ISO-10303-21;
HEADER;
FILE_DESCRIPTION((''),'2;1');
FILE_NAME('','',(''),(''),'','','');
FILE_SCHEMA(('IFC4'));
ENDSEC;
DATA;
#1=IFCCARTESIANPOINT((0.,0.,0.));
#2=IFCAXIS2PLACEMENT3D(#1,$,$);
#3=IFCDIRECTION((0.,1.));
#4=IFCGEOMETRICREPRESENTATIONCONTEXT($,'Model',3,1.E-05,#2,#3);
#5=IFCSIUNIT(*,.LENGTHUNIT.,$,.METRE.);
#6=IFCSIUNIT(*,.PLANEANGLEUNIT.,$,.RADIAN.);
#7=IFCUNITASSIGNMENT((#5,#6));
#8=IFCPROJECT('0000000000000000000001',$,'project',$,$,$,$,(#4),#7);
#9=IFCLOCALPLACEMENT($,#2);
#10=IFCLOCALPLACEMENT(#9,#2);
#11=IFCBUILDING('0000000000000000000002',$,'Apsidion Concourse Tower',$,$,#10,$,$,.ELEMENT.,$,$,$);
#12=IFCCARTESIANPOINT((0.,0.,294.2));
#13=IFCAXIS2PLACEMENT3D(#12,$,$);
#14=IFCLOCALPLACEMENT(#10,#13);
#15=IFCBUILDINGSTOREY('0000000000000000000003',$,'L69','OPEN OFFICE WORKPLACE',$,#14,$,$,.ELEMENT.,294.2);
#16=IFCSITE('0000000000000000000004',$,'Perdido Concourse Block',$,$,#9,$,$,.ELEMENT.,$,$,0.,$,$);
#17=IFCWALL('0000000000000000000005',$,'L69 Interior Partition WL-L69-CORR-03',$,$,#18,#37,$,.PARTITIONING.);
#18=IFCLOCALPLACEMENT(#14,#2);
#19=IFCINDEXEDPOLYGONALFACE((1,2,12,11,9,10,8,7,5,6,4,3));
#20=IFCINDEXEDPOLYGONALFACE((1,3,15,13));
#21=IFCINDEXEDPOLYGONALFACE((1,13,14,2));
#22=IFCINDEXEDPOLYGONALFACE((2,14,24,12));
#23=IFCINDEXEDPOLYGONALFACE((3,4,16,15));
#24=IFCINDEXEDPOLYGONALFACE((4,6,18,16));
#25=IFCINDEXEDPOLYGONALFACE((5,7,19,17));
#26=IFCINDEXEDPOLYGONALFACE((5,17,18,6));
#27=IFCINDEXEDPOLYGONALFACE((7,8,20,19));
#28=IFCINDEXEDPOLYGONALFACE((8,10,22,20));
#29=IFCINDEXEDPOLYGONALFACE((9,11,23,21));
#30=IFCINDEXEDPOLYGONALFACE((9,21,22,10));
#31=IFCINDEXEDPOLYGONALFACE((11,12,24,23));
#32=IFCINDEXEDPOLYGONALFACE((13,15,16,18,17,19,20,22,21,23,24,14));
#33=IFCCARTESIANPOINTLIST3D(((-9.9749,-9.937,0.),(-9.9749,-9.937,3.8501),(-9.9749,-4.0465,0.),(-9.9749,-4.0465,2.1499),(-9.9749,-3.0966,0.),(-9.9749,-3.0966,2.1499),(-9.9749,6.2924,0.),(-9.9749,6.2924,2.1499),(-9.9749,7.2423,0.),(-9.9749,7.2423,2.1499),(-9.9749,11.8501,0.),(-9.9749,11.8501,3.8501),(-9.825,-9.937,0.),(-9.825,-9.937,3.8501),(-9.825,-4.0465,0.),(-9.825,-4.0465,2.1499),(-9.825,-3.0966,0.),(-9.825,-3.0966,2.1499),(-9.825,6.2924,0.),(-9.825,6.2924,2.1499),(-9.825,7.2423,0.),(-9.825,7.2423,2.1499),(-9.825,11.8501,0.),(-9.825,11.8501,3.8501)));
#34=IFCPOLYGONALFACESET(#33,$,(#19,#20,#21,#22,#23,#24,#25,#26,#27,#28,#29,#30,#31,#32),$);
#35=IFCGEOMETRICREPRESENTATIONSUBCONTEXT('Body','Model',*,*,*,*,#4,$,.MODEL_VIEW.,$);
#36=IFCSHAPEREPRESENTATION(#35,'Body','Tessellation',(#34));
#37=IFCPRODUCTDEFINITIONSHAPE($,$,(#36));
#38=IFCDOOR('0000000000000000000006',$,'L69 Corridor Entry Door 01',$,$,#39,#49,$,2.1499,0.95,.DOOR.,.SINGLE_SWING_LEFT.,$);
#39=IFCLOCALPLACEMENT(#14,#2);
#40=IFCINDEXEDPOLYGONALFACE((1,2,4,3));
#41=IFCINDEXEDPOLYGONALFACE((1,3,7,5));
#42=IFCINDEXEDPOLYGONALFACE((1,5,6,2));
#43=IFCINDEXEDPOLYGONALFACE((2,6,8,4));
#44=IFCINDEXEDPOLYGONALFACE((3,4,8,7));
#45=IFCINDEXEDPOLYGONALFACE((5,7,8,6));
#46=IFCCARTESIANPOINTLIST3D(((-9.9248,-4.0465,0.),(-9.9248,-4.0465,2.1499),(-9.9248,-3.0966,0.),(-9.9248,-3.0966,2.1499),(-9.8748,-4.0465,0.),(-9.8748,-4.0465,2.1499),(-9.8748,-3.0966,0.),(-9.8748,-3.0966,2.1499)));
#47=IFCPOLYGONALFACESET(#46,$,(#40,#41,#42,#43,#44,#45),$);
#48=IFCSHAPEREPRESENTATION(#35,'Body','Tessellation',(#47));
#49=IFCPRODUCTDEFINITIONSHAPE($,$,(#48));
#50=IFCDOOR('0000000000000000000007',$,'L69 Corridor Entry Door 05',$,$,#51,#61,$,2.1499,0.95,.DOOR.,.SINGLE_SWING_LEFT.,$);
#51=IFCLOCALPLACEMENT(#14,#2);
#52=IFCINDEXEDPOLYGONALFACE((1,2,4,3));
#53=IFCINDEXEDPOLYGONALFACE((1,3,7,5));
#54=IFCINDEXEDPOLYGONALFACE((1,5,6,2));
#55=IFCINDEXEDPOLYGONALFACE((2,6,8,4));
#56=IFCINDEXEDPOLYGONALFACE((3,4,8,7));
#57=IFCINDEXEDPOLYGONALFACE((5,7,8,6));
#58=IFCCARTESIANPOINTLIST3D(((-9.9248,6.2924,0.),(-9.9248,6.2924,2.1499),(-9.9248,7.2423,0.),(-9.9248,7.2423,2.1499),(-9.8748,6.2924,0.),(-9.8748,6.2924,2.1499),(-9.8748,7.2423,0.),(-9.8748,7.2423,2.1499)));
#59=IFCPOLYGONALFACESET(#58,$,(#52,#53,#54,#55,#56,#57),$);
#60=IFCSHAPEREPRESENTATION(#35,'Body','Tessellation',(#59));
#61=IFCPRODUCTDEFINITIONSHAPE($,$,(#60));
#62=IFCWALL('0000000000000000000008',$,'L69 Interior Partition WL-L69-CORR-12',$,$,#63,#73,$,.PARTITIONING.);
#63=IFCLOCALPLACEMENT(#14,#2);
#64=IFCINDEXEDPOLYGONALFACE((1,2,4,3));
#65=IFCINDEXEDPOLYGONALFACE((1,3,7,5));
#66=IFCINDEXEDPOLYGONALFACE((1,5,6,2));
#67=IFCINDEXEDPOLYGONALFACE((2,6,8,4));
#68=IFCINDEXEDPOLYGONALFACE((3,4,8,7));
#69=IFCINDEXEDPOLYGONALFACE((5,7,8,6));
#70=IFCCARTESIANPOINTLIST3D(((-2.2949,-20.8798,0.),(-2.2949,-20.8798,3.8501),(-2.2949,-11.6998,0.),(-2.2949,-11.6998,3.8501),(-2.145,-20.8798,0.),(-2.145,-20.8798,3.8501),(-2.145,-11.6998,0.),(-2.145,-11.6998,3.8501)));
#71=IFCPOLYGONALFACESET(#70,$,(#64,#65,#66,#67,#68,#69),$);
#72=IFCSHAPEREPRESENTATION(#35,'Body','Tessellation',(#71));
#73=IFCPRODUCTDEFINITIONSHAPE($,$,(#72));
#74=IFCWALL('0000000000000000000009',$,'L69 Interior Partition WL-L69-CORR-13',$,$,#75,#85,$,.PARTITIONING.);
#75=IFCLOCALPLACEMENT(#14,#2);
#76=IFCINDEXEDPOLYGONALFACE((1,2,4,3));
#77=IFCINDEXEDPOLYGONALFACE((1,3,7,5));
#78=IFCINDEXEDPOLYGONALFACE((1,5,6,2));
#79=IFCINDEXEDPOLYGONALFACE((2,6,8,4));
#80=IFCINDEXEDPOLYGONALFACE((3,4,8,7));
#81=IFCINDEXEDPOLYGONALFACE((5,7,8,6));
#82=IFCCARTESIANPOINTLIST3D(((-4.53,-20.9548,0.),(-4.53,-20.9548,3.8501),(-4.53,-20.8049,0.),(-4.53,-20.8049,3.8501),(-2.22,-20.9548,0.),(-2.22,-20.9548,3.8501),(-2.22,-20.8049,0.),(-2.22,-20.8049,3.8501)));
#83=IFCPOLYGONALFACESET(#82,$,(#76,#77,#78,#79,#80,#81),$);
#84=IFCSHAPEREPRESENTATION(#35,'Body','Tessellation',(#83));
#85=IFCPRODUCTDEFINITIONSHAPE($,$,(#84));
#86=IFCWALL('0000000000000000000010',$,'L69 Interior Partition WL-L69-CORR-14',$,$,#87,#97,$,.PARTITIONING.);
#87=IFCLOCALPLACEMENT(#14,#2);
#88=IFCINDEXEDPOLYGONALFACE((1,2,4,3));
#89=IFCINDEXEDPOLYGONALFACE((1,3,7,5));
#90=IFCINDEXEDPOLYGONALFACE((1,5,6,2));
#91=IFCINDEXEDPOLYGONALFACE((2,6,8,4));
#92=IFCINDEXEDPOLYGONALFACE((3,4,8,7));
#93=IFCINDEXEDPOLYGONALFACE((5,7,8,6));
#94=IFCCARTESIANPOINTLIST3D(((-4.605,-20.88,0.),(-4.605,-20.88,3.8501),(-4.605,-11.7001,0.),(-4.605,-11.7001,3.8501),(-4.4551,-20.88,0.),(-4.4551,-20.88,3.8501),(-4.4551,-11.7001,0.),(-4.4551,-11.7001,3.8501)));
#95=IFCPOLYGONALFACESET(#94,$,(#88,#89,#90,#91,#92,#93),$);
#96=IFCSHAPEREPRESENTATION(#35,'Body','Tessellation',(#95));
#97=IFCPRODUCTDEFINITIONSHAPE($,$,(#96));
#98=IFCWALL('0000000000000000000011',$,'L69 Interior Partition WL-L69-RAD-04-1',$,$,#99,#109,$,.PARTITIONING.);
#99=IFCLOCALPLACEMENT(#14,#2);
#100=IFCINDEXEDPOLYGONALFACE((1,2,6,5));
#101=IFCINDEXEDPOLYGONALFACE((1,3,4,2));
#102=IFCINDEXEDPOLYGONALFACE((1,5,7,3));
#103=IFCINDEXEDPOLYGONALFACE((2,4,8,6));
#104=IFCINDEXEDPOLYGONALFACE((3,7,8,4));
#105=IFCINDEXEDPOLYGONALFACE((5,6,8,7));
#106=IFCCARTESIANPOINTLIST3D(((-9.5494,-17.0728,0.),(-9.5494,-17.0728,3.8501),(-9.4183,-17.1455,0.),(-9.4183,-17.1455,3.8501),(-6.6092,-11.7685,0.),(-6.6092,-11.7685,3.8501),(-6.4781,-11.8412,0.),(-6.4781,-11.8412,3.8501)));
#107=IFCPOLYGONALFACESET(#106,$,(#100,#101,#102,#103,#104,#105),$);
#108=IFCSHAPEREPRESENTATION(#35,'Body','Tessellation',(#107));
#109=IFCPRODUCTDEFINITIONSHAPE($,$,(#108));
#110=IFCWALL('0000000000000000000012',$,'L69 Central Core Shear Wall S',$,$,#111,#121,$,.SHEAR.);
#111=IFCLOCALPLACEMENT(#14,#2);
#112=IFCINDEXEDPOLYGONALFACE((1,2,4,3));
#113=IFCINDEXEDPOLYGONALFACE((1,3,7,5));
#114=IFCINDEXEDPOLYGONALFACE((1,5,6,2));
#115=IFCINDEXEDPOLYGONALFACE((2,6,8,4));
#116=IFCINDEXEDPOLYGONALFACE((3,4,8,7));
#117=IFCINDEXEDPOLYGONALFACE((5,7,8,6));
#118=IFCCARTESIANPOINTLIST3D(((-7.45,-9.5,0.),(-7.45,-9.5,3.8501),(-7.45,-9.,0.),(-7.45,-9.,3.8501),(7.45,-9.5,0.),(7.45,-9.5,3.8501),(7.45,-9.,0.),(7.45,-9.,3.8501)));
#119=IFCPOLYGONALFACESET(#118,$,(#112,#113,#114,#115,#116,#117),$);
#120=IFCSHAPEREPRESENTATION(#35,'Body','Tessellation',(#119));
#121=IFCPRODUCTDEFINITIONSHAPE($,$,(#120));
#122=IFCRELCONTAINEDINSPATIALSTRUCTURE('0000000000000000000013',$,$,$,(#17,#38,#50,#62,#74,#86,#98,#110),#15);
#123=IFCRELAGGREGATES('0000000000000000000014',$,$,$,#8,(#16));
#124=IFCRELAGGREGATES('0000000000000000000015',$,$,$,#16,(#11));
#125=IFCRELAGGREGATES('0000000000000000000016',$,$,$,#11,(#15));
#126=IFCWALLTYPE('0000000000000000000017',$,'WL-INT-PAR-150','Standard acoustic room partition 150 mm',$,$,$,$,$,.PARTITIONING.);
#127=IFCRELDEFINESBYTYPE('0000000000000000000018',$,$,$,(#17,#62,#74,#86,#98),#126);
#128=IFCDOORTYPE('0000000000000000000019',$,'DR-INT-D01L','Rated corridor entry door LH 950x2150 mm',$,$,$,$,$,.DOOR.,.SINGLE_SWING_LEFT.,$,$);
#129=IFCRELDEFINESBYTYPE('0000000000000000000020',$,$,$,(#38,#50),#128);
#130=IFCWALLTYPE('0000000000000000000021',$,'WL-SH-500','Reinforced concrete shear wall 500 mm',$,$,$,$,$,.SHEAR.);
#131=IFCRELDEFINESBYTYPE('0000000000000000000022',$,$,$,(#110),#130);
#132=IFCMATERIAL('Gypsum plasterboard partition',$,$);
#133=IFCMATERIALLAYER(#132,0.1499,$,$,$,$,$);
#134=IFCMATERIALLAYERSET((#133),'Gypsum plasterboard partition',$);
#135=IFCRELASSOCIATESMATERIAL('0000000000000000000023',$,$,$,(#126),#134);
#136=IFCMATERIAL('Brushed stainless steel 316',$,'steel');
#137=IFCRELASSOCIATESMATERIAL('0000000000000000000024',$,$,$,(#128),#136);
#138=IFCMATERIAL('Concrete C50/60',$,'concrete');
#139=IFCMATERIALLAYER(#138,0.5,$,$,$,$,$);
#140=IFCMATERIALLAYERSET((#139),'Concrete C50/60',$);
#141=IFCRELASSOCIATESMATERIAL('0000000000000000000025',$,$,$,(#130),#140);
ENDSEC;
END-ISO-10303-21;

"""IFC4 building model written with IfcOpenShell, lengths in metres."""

from ifc_helpers import new_model, si_unit, direction, frame, frame_2d, origin, place, context, subcontext, project, spatial, rectangle, extrude, material, layer, layer_set, type_object, element, fill, save


model = new_model("IFC4")

# Units and contexts
model_context = context("Model", 3, precision=1e-05, world=origin(), true_north=direction((0.0, 1.0)))
body_context = subcontext(model_context, "Body", "Model", "MODEL_VIEW")
ifc_project = project(units=[si_unit("LENGTHUNIT", "METRE"), si_unit("PLANEANGLEUNIT", "RADIAN")], contexts=[model_context])

# Site, building, storey
site_placement = place(None, origin())
site = spatial("IfcSite", under=ifc_project, at=site_placement, Name="Perdido Concourse Block", CompositionType="ELEMENT", RefElevation=0.0)
building_placement = place(site_placement, origin())
building = spatial("IfcBuilding", under=site, at=building_placement, Name="Apsidion Concourse Tower", CompositionType="ELEMENT")
storey_placement = place(building_placement, frame((0.0, 0.0, 294.2)))
storey = spatial("IfcBuildingStorey", under=building, at=storey_placement, Name="L69", Description="OPEN OFFICE WORKPLACE", CompositionType="ELEMENT", Elevation=294.2)

# Shared definitions
ifc_material_1 = material(Name="Concrete C50/60", Category="concrete")

# Shared definitions
ifc_material_2 = material(Name="Gypsum plasterboard partition")
ifc_layer_1 = layer(ifc_material_2, 0.1499)
ifc_layer_set_1 = layer_set([ifc_layer_1], Name="Gypsum plasterboard partition")
wall_type_1 = type_object("IfcWallType", Name="WL-INT-PAR-150", Description="Standard acoustic room partition 150 mm", PredefinedType="PARTITIONING", material=ifc_layer_set_1)

# Wall, openings, doors
wall_1_placement = place(storey_placement, frame((-9.8999, -9.937, 0.0), z_axis=(0.0, 0.0, 1.0), x_axis=(0.0, 1.0, 0.0)))
wall_1 = element("IfcWall", 1, at=wall_1_placement, inside=storey, type_object=wall_type_1, Name="L69 Interior Partition WL-L69-CORR-03", PredefinedType="PARTITIONING", context=body_context, shape_type="SweptSolid", body=[
    extrude(rectangle(XDim=21.7871, YDim=0.1499, at=frame_2d((10.8936, 0.0))), origin(), (0.0, 0.0, 1.0), 3.8501),
])
opening_1_placement = place(wall_1_placement, frame((5.8904, 0.0, 0.0)))
opening_1 = element("IfcOpeningElement", 2, at=opening_1_placement, cuts=wall_1, PredefinedType="OPENING", context=body_context, shape_type="SweptSolid", body=[
    extrude(rectangle(XDim=0.95, YDim=2.1499, at=frame_2d((0.4751, 1.075))), frame((0.0, 0.085, 0.0), z_axis=(0.0, -1.0, 0.0), x_axis=(1.0, 0.0, 0.0)), (0.0, 0.0, 1.0), 0.1699),
])
opening_2_placement = place(wall_1_placement, frame((16.2292, 0.0, 0.0)))
opening_2 = element("IfcOpeningElement", 3, at=opening_2_placement, cuts=wall_1, PredefinedType="OPENING", context=body_context, shape_type="SweptSolid", body=[
    extrude(rectangle(XDim=0.95, YDim=2.1499, at=frame_2d((0.4751, 1.075))), frame((0.0, 0.085, 0.0), z_axis=(0.0, -1.0, 0.0), x_axis=(1.0, 0.0, 0.0)), (0.0, 0.0, 1.0), 0.1699),
])
ifc_material_3 = material(Name="Brushed stainless steel 316", Category="steel")
door_type_1 = type_object("IfcDoorType", Name="DR-INT-D01L", Description="Rated corridor entry door LH 950x2150 mm", OperationType="SINGLE_SWING_LEFT", PredefinedType="DOOR", material=ifc_material_3)
door_1_placement = place(opening_1_placement, origin())
door_1 = element("IfcDoor", 4, at=door_1_placement, inside=storey, type_object=door_type_1, Name="L69 Corridor Entry Door 01", OperationType="SINGLE_SWING_LEFT", OverallHeight=2.1499, OverallWidth=0.95, PredefinedType="DOOR", context=body_context, shape_type="SweptSolid", body=[
    extrude(rectangle(XDim=0.95, YDim=2.1499, at=frame_2d((0.4751, 1.075))), frame((0.0, 0.0249, 0.0), z_axis=(0.0, -1.0, 0.0), x_axis=(1.0, 0.0, 0.0)), (0.0, 0.0, 1.0), 0.05),
])
fill(opening_1, door_1)
door_2_placement = place(opening_2_placement, origin())
door_2 = element("IfcDoor", 5, at=door_2_placement, inside=storey, type_object=door_type_1, Name="L69 Corridor Entry Door 05", OperationType="SINGLE_SWING_LEFT", OverallHeight=2.1499, OverallWidth=0.95, PredefinedType="DOOR", context=body_context, shape_type="SweptSolid", body=[
    extrude(rectangle(XDim=0.95, YDim=2.1499, at=frame_2d((0.4751, 1.075))), frame((0.0, 0.0249, 0.0), z_axis=(0.0, -1.0, 0.0), x_axis=(1.0, 0.0, 0.0)), (0.0, 0.0, 1.0), 0.05),
])
fill(opening_2, door_2)

# Walls
wall_2_placement = place(storey_placement, frame((-2.22, -11.7, 0.0), z_axis=(0.0, 0.0, 1.0), x_axis=(0.0, -1.0, 0.0)))
element("IfcWall", 6, at=wall_2_placement, inside=storey, type_object=wall_type_1, Name="L69 Interior Partition WL-L69-CORR-12", PredefinedType="PARTITIONING", context=body_context, shape_type="SweptSolid", body=[
    extrude(rectangle(XDim=9.1799, YDim=0.1499, at=frame_2d((4.5898, 0.0))), origin(), (0.0, 0.0, 1.0), 3.8501),
])
wall_3_placement = place(storey_placement, frame((-2.22, -20.8799, 0.0), z_axis=(0.0, 0.0, 1.0), x_axis=(-1.0, 0.0, 0.0)))
element("IfcWall", 7, at=wall_3_placement, inside=storey, type_object=wall_type_1, Name="L69 Interior Partition WL-L69-CORR-13", PredefinedType="PARTITIONING", context=body_context, shape_type="SweptSolid", body=[
    extrude(rectangle(XDim=2.3101, YDim=0.1499, at=frame_2d((1.155, 0.0))), origin(), (0.0, 0.0, 1.0), 3.8501),
])
wall_4_placement = place(storey_placement, frame((-4.53, -20.8799, 0.0), z_axis=(0.0, 0.0, 1.0), x_axis=(0.0, 1.0, 0.0)))
element("IfcWall", 8, at=wall_4_placement, inside=storey, type_object=wall_type_1, Name="L69 Interior Partition WL-L69-CORR-14", PredefinedType="PARTITIONING", context=body_context, shape_type="SweptSolid", body=[
    extrude(rectangle(XDim=9.1799, YDim=0.1499, at=frame_2d((4.5898, 0.0))), origin(), (0.0, 0.0, 1.0), 3.8501),
])
wall_5_placement = place(storey_placement, frame((-6.5437, -11.8049, 0.0), z_axis=(0.0, 0.0, 1.0), x_axis=(-0.484812, -0.874618, 0.0)))
element("IfcWall", 9, at=wall_5_placement, inside=storey, type_object=wall_type_1, Name="L69 Interior Partition WL-L69-RAD-04-1", PredefinedType="PARTITIONING", context=body_context, shape_type="SweptSolid", body=[
    extrude(rectangle(XDim=6.0647, YDim=0.1499, at=frame_2d((3.0322, 0.0))), origin(), (0.0, 0.0, 1.0), 3.8501),
])
ifc_layer_2 = layer(ifc_material_1, 0.5)
ifc_layer_set_2 = layer_set([ifc_layer_2], Name="Concrete C50/60")
wall_type_2 = type_object("IfcWallType", Name="WL-SH-500", Description="Reinforced concrete shear wall 500 mm", PredefinedType="SHEAR", material=ifc_layer_set_2)
wall_6_placement = place(storey_placement, frame((-7.45, -9.25, 0.0), z_axis=(0.0, 0.0, 1.0), x_axis=(1.0, 0.0, 0.0)))
element("IfcWall", 10, at=wall_6_placement, inside=storey, type_object=wall_type_2, Name="L69 Central Core Shear Wall S", PredefinedType="SHEAR", context=body_context, shape_type="SweptSolid", body=[
    extrude(rectangle(XDim=14.8999, YDim=0.5, at=frame_2d((7.45, 0.0))), origin(), (0.0, 0.0, 1.0), 3.8501),
])

save(model, "model.ifc")
